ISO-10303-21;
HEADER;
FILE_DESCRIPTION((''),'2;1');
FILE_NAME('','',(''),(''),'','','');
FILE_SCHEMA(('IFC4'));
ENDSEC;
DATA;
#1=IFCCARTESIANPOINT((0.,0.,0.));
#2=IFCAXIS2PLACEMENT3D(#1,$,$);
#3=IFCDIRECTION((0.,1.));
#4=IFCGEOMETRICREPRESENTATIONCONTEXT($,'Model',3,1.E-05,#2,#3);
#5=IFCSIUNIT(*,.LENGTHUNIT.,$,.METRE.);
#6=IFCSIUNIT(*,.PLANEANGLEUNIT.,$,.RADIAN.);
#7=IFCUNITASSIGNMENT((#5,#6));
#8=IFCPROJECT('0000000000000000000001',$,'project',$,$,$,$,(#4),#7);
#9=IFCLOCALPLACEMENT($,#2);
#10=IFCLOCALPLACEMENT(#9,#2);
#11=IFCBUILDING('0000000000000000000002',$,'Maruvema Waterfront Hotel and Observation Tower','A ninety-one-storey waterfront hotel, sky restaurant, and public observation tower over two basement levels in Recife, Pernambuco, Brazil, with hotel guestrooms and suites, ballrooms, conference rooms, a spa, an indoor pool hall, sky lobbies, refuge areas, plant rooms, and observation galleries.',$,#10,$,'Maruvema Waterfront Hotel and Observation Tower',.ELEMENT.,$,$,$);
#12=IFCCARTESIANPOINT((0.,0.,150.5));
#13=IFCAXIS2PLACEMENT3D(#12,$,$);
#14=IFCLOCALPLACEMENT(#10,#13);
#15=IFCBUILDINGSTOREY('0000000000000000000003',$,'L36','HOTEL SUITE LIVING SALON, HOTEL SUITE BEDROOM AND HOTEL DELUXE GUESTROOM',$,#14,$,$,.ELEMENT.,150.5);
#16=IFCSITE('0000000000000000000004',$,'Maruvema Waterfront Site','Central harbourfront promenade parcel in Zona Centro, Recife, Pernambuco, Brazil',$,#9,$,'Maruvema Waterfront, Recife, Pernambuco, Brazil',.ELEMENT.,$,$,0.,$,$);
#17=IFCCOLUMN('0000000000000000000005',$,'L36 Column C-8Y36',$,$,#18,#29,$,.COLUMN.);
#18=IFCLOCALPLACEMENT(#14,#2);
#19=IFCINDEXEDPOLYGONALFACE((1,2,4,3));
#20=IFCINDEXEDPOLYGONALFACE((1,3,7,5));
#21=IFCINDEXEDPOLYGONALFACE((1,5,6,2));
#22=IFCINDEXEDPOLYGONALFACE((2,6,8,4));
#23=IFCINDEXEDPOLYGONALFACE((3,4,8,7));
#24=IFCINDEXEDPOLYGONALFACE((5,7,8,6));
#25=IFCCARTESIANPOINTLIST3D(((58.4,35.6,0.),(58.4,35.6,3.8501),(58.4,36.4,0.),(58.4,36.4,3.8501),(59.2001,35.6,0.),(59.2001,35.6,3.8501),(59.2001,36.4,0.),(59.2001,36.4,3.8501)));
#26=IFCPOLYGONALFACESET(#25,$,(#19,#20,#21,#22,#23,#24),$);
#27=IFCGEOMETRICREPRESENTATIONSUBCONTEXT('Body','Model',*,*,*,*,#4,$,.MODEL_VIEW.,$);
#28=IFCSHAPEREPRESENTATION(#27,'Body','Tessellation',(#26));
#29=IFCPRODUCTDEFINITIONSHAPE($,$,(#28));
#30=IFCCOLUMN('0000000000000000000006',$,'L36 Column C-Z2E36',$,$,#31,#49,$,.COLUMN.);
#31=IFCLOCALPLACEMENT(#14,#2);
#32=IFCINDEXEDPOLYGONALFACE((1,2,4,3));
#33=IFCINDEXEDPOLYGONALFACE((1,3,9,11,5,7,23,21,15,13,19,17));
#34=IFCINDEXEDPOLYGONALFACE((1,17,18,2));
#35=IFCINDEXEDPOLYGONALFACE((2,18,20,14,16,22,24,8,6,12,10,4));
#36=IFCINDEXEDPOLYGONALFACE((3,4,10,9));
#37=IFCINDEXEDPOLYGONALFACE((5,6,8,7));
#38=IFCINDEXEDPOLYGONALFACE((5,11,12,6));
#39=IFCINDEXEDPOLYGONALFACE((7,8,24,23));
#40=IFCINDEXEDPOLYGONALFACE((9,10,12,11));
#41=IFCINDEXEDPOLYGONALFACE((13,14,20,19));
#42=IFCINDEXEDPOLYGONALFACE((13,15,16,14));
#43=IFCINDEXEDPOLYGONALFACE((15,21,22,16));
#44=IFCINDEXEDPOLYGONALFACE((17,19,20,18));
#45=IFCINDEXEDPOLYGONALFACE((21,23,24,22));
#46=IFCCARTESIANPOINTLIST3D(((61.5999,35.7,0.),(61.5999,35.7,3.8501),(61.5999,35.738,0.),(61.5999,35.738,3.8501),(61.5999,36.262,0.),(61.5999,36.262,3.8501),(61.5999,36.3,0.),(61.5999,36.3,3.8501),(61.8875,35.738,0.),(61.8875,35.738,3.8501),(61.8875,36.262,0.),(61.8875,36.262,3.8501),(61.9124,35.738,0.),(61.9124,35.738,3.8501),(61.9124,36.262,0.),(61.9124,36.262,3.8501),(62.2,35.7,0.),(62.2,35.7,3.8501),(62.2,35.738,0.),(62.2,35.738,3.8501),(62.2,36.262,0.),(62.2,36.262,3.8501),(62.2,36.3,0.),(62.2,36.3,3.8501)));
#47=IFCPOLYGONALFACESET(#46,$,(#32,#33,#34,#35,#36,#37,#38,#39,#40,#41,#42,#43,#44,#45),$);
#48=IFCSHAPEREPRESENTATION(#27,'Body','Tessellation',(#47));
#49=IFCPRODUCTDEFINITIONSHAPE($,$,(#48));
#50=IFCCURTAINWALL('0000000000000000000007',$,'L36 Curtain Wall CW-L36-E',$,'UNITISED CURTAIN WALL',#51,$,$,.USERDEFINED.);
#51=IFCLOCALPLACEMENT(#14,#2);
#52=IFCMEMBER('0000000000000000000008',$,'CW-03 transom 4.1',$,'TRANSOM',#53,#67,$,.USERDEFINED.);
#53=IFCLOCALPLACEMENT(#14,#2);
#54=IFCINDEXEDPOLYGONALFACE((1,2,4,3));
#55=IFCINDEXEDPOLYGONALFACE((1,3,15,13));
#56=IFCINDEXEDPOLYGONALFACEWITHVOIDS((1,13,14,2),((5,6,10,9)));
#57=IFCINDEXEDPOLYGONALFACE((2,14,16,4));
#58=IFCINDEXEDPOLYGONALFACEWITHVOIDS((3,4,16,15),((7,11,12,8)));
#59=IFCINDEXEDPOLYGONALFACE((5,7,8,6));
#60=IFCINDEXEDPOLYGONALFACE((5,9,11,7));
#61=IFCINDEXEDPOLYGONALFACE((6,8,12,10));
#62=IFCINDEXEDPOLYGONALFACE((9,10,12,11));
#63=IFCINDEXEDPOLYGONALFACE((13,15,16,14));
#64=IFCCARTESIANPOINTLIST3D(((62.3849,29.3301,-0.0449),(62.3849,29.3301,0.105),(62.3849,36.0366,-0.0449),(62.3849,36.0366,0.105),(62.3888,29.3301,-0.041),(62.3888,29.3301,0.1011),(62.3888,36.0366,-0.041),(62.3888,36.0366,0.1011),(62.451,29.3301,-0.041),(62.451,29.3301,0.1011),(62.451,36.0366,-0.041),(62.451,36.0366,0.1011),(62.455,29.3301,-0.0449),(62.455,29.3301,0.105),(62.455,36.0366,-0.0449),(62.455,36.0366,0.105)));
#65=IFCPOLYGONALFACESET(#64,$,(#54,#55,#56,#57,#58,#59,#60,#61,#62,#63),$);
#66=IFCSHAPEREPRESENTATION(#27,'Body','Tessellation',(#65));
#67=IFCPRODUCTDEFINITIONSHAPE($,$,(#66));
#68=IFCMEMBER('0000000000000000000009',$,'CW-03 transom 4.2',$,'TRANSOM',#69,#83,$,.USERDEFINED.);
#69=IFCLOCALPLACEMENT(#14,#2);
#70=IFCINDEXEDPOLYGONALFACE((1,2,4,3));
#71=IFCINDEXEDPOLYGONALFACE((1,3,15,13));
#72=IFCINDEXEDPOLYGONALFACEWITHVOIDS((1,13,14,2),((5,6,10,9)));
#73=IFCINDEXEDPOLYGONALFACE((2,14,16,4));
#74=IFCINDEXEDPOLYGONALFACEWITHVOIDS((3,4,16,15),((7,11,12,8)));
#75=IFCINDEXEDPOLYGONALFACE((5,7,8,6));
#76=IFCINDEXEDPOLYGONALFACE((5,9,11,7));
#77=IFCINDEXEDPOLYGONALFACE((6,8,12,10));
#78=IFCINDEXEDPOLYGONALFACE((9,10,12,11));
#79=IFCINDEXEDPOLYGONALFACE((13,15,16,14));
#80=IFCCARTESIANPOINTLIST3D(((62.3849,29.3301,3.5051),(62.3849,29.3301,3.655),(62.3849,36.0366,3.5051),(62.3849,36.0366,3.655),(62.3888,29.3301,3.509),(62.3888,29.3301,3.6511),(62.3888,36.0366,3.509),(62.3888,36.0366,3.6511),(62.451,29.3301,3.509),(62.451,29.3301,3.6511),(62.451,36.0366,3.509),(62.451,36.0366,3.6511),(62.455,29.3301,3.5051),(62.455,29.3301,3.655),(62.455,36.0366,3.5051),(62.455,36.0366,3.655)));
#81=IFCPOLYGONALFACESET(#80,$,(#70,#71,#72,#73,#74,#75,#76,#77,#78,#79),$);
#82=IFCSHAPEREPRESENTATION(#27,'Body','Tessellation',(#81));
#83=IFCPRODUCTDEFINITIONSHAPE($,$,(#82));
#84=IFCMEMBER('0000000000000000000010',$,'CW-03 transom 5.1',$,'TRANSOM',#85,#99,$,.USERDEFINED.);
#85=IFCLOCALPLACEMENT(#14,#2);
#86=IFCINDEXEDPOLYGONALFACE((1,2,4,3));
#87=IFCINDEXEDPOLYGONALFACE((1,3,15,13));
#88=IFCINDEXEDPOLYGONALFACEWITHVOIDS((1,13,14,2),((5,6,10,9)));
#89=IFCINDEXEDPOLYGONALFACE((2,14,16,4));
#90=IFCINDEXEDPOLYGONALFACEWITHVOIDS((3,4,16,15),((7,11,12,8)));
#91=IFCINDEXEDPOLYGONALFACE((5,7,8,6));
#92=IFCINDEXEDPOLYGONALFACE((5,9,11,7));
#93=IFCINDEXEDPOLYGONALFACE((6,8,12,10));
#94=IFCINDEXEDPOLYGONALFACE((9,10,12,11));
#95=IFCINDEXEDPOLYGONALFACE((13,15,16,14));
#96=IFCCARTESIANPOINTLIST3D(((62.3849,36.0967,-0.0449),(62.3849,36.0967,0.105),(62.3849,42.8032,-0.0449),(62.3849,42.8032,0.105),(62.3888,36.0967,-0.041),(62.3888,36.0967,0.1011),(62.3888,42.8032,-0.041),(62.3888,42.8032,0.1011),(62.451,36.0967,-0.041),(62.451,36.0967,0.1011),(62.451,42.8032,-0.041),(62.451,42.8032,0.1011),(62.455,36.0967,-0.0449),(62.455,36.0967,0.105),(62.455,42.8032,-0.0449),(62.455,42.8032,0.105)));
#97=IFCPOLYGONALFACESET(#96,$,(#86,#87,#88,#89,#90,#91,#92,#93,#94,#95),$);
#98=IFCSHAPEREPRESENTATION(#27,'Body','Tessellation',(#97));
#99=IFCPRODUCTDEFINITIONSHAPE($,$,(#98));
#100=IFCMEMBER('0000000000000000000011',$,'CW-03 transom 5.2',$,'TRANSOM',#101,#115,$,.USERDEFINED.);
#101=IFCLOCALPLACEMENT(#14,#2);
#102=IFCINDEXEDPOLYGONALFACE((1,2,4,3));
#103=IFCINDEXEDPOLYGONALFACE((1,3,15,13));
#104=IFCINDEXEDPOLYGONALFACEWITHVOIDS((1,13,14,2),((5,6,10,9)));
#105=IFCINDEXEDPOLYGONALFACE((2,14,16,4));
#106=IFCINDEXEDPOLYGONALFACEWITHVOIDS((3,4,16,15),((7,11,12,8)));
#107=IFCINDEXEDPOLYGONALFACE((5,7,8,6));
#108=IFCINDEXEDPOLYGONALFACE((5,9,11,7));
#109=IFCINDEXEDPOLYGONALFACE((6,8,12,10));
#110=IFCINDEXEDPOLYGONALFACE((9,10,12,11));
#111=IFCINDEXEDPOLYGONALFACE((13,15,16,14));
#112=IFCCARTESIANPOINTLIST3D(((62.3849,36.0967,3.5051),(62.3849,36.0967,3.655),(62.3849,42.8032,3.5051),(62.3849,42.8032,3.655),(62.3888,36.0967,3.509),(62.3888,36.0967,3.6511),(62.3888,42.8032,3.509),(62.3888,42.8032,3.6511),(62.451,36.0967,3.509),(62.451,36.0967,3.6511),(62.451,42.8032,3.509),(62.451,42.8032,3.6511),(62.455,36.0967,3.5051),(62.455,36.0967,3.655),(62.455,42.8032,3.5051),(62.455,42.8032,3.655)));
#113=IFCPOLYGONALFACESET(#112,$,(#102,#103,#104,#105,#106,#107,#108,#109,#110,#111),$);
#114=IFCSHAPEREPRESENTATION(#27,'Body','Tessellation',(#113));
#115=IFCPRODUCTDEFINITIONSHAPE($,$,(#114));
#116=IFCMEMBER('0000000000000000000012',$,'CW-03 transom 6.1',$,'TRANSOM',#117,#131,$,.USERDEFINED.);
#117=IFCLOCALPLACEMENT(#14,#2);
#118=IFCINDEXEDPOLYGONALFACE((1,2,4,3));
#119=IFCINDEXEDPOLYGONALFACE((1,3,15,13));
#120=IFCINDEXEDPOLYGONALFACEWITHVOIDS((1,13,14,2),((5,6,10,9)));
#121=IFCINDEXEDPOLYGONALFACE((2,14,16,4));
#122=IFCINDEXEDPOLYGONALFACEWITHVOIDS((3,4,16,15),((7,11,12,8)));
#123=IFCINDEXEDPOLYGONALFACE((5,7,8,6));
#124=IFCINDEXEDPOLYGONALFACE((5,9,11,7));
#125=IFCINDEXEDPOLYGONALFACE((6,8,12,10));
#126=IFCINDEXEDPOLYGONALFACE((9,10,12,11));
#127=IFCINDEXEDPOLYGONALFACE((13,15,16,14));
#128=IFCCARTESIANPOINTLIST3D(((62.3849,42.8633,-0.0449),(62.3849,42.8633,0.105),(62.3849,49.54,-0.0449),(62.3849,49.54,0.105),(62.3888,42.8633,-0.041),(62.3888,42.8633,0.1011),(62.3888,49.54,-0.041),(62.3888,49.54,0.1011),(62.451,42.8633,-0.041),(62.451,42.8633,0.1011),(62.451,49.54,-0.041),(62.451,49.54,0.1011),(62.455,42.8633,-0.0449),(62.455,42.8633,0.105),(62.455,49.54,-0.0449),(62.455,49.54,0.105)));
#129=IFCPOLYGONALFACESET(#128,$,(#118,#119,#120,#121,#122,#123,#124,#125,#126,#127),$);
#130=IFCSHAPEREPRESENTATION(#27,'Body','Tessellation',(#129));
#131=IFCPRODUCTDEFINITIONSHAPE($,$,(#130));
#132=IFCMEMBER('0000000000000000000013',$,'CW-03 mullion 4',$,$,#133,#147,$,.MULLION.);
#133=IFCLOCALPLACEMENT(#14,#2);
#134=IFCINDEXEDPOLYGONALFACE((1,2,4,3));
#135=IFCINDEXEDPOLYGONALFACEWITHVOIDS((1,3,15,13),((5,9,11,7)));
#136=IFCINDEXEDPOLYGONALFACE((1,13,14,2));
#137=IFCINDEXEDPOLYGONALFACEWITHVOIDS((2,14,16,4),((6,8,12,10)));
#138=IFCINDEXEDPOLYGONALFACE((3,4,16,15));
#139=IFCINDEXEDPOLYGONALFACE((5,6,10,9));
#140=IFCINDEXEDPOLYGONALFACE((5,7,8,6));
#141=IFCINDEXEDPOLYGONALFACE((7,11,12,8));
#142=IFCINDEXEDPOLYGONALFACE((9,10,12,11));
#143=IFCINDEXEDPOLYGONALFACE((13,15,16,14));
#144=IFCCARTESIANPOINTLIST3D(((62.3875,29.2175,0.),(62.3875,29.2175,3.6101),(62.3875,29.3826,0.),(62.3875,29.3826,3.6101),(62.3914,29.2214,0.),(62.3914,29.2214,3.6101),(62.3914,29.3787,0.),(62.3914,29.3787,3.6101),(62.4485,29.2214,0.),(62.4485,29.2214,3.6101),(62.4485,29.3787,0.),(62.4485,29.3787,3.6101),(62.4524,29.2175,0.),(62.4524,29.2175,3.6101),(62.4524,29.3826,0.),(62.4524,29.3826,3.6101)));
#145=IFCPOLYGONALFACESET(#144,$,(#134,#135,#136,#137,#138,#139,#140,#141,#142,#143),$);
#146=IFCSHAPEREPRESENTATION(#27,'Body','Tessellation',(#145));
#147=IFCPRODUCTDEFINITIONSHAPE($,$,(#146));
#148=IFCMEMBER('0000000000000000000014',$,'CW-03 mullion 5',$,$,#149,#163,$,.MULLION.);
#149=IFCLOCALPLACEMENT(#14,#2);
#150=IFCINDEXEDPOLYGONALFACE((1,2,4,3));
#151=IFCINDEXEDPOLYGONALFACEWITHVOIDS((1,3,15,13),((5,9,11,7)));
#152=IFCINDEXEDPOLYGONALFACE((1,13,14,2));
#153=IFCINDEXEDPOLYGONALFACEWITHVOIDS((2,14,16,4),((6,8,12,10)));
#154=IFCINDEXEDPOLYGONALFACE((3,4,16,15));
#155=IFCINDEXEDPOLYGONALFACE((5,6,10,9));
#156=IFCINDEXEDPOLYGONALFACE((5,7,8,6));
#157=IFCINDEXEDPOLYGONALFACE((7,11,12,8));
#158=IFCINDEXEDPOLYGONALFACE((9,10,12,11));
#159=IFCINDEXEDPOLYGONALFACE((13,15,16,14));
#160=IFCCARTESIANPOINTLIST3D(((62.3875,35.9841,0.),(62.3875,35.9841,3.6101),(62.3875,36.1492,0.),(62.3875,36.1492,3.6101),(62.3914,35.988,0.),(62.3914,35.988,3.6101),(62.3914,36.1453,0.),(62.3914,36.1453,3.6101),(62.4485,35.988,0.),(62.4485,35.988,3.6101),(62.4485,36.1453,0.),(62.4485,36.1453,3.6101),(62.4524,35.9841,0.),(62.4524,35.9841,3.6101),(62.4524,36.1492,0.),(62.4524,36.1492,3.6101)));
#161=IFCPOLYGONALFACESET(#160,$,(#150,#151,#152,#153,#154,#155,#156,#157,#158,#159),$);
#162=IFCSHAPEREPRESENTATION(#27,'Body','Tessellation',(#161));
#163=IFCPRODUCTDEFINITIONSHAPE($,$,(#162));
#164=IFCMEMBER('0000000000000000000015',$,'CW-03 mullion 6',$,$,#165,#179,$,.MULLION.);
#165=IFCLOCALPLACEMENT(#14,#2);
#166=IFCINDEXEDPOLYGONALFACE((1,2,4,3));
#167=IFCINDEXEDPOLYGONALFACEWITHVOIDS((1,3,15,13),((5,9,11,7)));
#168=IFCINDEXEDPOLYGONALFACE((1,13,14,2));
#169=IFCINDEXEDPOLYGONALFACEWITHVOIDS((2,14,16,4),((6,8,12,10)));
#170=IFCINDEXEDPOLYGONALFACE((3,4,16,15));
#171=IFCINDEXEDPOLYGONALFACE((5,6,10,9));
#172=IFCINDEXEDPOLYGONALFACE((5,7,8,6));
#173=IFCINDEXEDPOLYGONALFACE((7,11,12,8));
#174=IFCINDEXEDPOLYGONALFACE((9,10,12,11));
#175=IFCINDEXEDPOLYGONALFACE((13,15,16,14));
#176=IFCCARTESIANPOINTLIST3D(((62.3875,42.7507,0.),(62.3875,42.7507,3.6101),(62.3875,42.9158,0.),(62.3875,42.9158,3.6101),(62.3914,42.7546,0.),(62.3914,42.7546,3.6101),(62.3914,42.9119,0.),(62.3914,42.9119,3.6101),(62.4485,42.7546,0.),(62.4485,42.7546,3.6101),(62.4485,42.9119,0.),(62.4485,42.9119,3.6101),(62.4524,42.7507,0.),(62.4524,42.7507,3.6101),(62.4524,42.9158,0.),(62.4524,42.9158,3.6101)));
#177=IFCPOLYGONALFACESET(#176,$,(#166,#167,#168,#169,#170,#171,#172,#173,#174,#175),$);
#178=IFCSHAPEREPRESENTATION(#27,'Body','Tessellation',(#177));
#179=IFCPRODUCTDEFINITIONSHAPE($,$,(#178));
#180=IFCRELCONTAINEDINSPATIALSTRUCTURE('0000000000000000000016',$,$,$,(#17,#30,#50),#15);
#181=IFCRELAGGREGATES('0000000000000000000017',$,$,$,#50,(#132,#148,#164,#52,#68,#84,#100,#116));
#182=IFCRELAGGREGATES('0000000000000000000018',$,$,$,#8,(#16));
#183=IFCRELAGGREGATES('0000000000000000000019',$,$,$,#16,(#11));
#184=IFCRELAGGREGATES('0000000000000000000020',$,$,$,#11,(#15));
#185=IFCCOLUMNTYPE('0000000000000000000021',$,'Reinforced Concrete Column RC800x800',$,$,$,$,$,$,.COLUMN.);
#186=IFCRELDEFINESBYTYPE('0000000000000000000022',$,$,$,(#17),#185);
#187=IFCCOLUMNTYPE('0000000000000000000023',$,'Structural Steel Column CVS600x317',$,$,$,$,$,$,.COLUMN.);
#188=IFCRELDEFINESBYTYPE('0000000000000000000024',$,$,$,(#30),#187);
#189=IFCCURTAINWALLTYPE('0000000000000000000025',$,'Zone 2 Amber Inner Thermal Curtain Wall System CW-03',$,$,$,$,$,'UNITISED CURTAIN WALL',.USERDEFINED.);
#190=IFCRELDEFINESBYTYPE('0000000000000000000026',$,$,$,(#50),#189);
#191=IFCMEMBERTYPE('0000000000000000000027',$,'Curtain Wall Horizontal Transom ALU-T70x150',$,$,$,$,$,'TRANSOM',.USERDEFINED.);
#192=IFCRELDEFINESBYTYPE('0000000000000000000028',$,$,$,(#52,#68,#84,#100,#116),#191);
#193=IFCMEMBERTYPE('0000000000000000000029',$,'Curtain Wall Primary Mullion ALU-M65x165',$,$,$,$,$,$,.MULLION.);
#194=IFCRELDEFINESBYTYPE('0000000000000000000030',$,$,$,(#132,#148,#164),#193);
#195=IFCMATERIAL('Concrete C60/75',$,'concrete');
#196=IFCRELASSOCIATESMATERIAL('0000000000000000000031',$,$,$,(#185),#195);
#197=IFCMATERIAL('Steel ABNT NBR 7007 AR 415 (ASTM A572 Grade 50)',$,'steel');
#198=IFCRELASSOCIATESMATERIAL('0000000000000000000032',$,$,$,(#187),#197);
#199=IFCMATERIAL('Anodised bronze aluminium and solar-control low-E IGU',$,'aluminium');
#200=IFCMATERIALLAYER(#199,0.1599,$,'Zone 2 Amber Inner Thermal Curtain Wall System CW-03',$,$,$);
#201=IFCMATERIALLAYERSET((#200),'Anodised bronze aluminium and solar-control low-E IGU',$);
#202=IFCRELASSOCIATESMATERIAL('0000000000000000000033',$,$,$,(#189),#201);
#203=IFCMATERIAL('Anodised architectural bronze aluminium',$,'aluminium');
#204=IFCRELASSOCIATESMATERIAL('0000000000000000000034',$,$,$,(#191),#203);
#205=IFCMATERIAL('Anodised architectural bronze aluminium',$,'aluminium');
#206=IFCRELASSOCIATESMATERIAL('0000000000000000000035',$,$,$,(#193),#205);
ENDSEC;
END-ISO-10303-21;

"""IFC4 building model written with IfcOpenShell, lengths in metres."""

from ifc_helpers import new_model, si_unit, direction, frame, origin, origin_2d, place, context, subcontext, project, spatial, rectangle, hollow_rectangle, i_section, extrude, material, layer, layer_set, material_profile, profile_set, type_object, element, aggregate, save


model = new_model("IFC4")

# Units and contexts
model_context = context("Model", 3, precision=1e-05, world=origin(), true_north=direction((0.0, 1.0)))
body_context = subcontext(model_context, "Body", "Model", "MODEL_VIEW")
ifc_project = project(units=[si_unit("LENGTHUNIT", "METRE"), si_unit("PLANEANGLEUNIT", "RADIAN")], contexts=[model_context])

# Site, building, storey
site_placement = place(None, origin())
site = spatial("IfcSite", under=ifc_project, at=site_placement, Name="Maruvema Waterfront Site", Description="Central harbourfront promenade parcel in Zona Centro, Recife, Pernambuco, Brazil", LongName="Maruvema Waterfront, Recife, Pernambuco, Brazil", CompositionType="ELEMENT", RefElevation=0.0)
building_placement = place(site_placement, origin())
building = spatial("IfcBuilding", under=site, at=building_placement, Name="Maruvema Waterfront Hotel and Observation Tower", Description="A ninety-one-storey waterfront hotel, sky restaurant, and public observation tower over two basement levels in Recife, Pernambuco, Brazil, with hotel guestrooms and suites, ballrooms, conference rooms, a spa, an indoor pool hall, sky lobbies, refuge areas, plant rooms, and observation galleries.", LongName="Maruvema Waterfront Hotel and Observation Tower", CompositionType="ELEMENT")
storey_placement = place(building_placement, frame((0.0, 0.0, 150.5)))
storey = spatial("IfcBuildingStorey", under=building, at=storey_placement, Name="L36", Description="HOTEL SUITE LIVING SALON, HOTEL SUITE BEDROOM AND HOTEL DELUXE GUESTROOM", CompositionType="ELEMENT", Elevation=150.5)

# Columns
ifc_material_1 = material(Name="Concrete C60/75", Category="concrete")
ifc_material_profile_1 = material_profile(ifc_material_1, rectangle(XDim=0.8, YDim=0.8, at=origin_2d()), Name="RC800x800")
ifc_profile_set_1 = profile_set([ifc_material_profile_1], Name="Concrete C60/75")
column_type_1 = type_object("IfcColumnType", Name="Reinforced Concrete Column RC800x800", PredefinedType="COLUMN", material=ifc_profile_set_1)
column_1_placement = place(storey_placement, frame((58.8, 36.0, 0.0), z_axis=(0.0, 0.0, 1.0), x_axis=(1.0, 0.0, 0.0)))
element("IfcColumn", 1, at=column_1_placement, inside=storey, type_object=column_type_1, Name="L36 Column C-8Y36", PredefinedType="COLUMN", context=body_context, shape_type="SweptSolid", body=[
    extrude(rectangle(XDim=0.8, YDim=0.8, at=origin_2d()), origin(), (0.0, 0.0, 1.0), 3.8501),
])
ifc_material_2 = material(Name="Steel ABNT NBR 7007 AR 415 (ASTM A572 Grade 50)", Category="steel")
ifc_material_profile_2 = material_profile(ifc_material_2, i_section(OverallWidth=0.6001, OverallDepth=0.6001, WebThickness=0.0249, FlangeThickness=0.0381, at=origin_2d()), Name="CVS600x317")
ifc_profile_set_2 = profile_set([ifc_material_profile_2], Name="Steel ABNT NBR 7007 AR 415 (ASTM A572 Grade 50)")
column_type_2 = type_object("IfcColumnType", Name="Structural Steel Column CVS600x317", PredefinedType="COLUMN", material=ifc_profile_set_2)
column_2_placement = place(storey_placement, frame((61.8999, 36.0, 0.0), z_axis=(0.0, 0.0, 1.0), x_axis=(1.0, 0.0, 0.0)))
element("IfcColumn", 2, at=column_2_placement, inside=storey, type_object=column_type_2, Name="L36 Column C-Z2E36", PredefinedType="COLUMN", context=body_context, shape_type="SweptSolid", body=[
    extrude(i_section(OverallWidth=0.6001, OverallDepth=0.6001, WebThickness=0.0249, FlangeThickness=0.0381, at=origin_2d()), origin(), (0.0, 0.0, 1.0), 3.8501),
])

# Curtain wall, members
ifc_material_3 = material(Name="Anodised bronze aluminium and solar-control low-E IGU", Category="aluminium")
ifc_layer_1 = layer(ifc_material_3, 0.1599, Name="Zone 2 Amber Inner Thermal Curtain Wall System CW-03")
ifc_layer_set_1 = layer_set([ifc_layer_1], Name="Anodised bronze aluminium and solar-control low-E IGU")
curtain_wall_type = type_object("IfcCurtainWallType", Name="Zone 2 Amber Inner Thermal Curtain Wall System CW-03", ElementType="UNITISED CURTAIN WALL", PredefinedType="USERDEFINED", material=ifc_layer_set_1)
curtain_wall_placement = place(storey_placement, origin())
curtain_wall = element("IfcCurtainWall", 3, at=curtain_wall_placement, inside=storey, type_object=curtain_wall_type, Name="L36 Curtain Wall CW-L36-E", ObjectType="UNITISED CURTAIN WALL", PredefinedType="USERDEFINED")
ifc_material_4 = material(Name="Anodised architectural bronze aluminium", Category="aluminium")
ifc_material_profile_3 = material_profile(ifc_material_4, hollow_rectangle(XDim=0.0701, YDim=0.1499, WallThickness=0.0039, at=origin_2d()), Name="ALU-T70x150")
ifc_profile_set_3 = profile_set([ifc_material_profile_3], Name="Anodised architectural bronze aluminium")
member_type_1 = type_object("IfcMemberType", Name="Curtain Wall Horizontal Transom ALU-T70x150", ElementType="TRANSOM", PredefinedType="USERDEFINED", material=ifc_profile_set_3)
member_1_placement = place(storey_placement, frame((62.4199, 29.3301, 0.03), z_axis=(0.0, 1.0, 0.0), x_axis=(-1.0, 0.0, 0.0)))
member_1 = element("IfcMember", 4, at=member_1_placement, type_object=member_type_1, Name="CW-03 transom 4.1", ObjectType="TRANSOM", PredefinedType="USERDEFINED", context=body_context, shape_type="SweptSolid", body=[
    extrude(hollow_rectangle(XDim=0.0701, YDim=0.1499, WallThickness=0.0039, at=origin_2d()), origin(), (0.0, 0.0, 1.0), 6.7065),
])
member_2_placement = place(storey_placement, frame((62.4199, 29.3301, 3.5801), z_axis=(0.0, 1.0, 0.0), x_axis=(-1.0, 0.0, 0.0)))
member_2 = element("IfcMember", 5, at=member_2_placement, type_object=member_type_1, Name="CW-03 transom 4.2", ObjectType="TRANSOM", PredefinedType="USERDEFINED", context=body_context, shape_type="SweptSolid", body=[
    extrude(hollow_rectangle(XDim=0.0701, YDim=0.1499, WallThickness=0.0039, at=origin_2d()), origin(), (0.0, 0.0, 1.0), 6.7065),
])
member_3_placement = place(storey_placement, frame((62.4199, 36.0967, 0.03), z_axis=(0.0, 1.0, 0.0), x_axis=(-1.0, 0.0, 0.0)))
member_3 = element("IfcMember", 6, at=member_3_placement, type_object=member_type_1, Name="CW-03 transom 5.1", ObjectType="TRANSOM", PredefinedType="USERDEFINED", context=body_context, shape_type="SweptSolid", body=[
    extrude(hollow_rectangle(XDim=0.0701, YDim=0.1499, WallThickness=0.0039, at=origin_2d()), origin(), (0.0, 0.0, 1.0), 6.7065),
])
member_4_placement = place(storey_placement, frame((62.4199, 36.0967, 3.5801), z_axis=(0.0, 1.0, 0.0), x_axis=(-1.0, 0.0, 0.0)))
member_4 = element("IfcMember", 7, at=member_4_placement, type_object=member_type_1, Name="CW-03 transom 5.2", ObjectType="TRANSOM", PredefinedType="USERDEFINED", context=body_context, shape_type="SweptSolid", body=[
    extrude(hollow_rectangle(XDim=0.0701, YDim=0.1499, WallThickness=0.0039, at=origin_2d()), origin(), (0.0, 0.0, 1.0), 6.7065),
])
member_5_placement = place(storey_placement, frame((62.4199, 42.8633, 0.03), z_axis=(0.0, 1.0, 0.0), x_axis=(-1.0, 0.0, 0.0)))
member_5 = element("IfcMember", 8, at=member_5_placement, type_object=member_type_1, Name="CW-03 transom 6.1", ObjectType="TRANSOM", PredefinedType="USERDEFINED", context=body_context, shape_type="SweptSolid", body=[
    extrude(hollow_rectangle(XDim=0.0701, YDim=0.1499, WallThickness=0.0039, at=origin_2d()), origin(), (0.0, 0.0, 1.0), 6.6768),
])
ifc_material_5 = material(Name="Anodised architectural bronze aluminium", Category="aluminium")
ifc_material_profile_4 = material_profile(ifc_material_5, hollow_rectangle(XDim=0.0649, YDim=0.165, WallThickness=0.0039, at=origin_2d()), Name="ALU-M65x165")
ifc_profile_set_4 = profile_set([ifc_material_profile_4], Name="Anodised architectural bronze aluminium")
member_type_2 = type_object("IfcMemberType", Name="Curtain Wall Primary Mullion ALU-M65x165", PredefinedType="MULLION", material=ifc_profile_set_4)
member_6_placement = place(storey_placement, frame((62.4199, 29.3, 0.0), z_axis=(0.0, 0.0, 1.0), x_axis=(-1.0, 0.0, 0.0)))
member_6 = element("IfcMember", 9, at=member_6_placement, type_object=member_type_2, Name="CW-03 mullion 4", PredefinedType="MULLION", context=body_context, shape_type="SweptSolid", body=[
    extrude(hollow_rectangle(XDim=0.0649, YDim=0.165, WallThickness=0.0039, at=origin_2d()), origin(), (0.0, 0.0, 1.0), 3.6101),
])
member_7_placement = place(storey_placement, frame((62.4199, 36.0667, 0.0), z_axis=(0.0, 0.0, 1.0), x_axis=(-1.0, 0.0, 0.0)))
member_7 = element("IfcMember", 10, at=member_7_placement, type_object=member_type_2, Name="CW-03 mullion 5", PredefinedType="MULLION", context=body_context, shape_type="SweptSolid", body=[
    extrude(hollow_rectangle(XDim=0.0649, YDim=0.165, WallThickness=0.0039, at=origin_2d()), origin(), (0.0, 0.0, 1.0), 3.6101),
])
member_8_placement = place(storey_placement, frame((62.4199, 42.8333, 0.0), z_axis=(0.0, 0.0, 1.0), x_axis=(-1.0, 0.0, 0.0)))
member_8 = element("IfcMember", 11, at=member_8_placement, type_object=member_type_2, Name="CW-03 mullion 6", PredefinedType="MULLION", context=body_context, shape_type="SweptSolid", body=[
    extrude(hollow_rectangle(XDim=0.0649, YDim=0.165, WallThickness=0.0039, at=origin_2d()), origin(), (0.0, 0.0, 1.0), 3.6101),
])

aggregate(curtain_wall, [member_6, member_7, member_8, member_1, member_2, member_3, member_4, member_5])

save(model, "model.ifc")
